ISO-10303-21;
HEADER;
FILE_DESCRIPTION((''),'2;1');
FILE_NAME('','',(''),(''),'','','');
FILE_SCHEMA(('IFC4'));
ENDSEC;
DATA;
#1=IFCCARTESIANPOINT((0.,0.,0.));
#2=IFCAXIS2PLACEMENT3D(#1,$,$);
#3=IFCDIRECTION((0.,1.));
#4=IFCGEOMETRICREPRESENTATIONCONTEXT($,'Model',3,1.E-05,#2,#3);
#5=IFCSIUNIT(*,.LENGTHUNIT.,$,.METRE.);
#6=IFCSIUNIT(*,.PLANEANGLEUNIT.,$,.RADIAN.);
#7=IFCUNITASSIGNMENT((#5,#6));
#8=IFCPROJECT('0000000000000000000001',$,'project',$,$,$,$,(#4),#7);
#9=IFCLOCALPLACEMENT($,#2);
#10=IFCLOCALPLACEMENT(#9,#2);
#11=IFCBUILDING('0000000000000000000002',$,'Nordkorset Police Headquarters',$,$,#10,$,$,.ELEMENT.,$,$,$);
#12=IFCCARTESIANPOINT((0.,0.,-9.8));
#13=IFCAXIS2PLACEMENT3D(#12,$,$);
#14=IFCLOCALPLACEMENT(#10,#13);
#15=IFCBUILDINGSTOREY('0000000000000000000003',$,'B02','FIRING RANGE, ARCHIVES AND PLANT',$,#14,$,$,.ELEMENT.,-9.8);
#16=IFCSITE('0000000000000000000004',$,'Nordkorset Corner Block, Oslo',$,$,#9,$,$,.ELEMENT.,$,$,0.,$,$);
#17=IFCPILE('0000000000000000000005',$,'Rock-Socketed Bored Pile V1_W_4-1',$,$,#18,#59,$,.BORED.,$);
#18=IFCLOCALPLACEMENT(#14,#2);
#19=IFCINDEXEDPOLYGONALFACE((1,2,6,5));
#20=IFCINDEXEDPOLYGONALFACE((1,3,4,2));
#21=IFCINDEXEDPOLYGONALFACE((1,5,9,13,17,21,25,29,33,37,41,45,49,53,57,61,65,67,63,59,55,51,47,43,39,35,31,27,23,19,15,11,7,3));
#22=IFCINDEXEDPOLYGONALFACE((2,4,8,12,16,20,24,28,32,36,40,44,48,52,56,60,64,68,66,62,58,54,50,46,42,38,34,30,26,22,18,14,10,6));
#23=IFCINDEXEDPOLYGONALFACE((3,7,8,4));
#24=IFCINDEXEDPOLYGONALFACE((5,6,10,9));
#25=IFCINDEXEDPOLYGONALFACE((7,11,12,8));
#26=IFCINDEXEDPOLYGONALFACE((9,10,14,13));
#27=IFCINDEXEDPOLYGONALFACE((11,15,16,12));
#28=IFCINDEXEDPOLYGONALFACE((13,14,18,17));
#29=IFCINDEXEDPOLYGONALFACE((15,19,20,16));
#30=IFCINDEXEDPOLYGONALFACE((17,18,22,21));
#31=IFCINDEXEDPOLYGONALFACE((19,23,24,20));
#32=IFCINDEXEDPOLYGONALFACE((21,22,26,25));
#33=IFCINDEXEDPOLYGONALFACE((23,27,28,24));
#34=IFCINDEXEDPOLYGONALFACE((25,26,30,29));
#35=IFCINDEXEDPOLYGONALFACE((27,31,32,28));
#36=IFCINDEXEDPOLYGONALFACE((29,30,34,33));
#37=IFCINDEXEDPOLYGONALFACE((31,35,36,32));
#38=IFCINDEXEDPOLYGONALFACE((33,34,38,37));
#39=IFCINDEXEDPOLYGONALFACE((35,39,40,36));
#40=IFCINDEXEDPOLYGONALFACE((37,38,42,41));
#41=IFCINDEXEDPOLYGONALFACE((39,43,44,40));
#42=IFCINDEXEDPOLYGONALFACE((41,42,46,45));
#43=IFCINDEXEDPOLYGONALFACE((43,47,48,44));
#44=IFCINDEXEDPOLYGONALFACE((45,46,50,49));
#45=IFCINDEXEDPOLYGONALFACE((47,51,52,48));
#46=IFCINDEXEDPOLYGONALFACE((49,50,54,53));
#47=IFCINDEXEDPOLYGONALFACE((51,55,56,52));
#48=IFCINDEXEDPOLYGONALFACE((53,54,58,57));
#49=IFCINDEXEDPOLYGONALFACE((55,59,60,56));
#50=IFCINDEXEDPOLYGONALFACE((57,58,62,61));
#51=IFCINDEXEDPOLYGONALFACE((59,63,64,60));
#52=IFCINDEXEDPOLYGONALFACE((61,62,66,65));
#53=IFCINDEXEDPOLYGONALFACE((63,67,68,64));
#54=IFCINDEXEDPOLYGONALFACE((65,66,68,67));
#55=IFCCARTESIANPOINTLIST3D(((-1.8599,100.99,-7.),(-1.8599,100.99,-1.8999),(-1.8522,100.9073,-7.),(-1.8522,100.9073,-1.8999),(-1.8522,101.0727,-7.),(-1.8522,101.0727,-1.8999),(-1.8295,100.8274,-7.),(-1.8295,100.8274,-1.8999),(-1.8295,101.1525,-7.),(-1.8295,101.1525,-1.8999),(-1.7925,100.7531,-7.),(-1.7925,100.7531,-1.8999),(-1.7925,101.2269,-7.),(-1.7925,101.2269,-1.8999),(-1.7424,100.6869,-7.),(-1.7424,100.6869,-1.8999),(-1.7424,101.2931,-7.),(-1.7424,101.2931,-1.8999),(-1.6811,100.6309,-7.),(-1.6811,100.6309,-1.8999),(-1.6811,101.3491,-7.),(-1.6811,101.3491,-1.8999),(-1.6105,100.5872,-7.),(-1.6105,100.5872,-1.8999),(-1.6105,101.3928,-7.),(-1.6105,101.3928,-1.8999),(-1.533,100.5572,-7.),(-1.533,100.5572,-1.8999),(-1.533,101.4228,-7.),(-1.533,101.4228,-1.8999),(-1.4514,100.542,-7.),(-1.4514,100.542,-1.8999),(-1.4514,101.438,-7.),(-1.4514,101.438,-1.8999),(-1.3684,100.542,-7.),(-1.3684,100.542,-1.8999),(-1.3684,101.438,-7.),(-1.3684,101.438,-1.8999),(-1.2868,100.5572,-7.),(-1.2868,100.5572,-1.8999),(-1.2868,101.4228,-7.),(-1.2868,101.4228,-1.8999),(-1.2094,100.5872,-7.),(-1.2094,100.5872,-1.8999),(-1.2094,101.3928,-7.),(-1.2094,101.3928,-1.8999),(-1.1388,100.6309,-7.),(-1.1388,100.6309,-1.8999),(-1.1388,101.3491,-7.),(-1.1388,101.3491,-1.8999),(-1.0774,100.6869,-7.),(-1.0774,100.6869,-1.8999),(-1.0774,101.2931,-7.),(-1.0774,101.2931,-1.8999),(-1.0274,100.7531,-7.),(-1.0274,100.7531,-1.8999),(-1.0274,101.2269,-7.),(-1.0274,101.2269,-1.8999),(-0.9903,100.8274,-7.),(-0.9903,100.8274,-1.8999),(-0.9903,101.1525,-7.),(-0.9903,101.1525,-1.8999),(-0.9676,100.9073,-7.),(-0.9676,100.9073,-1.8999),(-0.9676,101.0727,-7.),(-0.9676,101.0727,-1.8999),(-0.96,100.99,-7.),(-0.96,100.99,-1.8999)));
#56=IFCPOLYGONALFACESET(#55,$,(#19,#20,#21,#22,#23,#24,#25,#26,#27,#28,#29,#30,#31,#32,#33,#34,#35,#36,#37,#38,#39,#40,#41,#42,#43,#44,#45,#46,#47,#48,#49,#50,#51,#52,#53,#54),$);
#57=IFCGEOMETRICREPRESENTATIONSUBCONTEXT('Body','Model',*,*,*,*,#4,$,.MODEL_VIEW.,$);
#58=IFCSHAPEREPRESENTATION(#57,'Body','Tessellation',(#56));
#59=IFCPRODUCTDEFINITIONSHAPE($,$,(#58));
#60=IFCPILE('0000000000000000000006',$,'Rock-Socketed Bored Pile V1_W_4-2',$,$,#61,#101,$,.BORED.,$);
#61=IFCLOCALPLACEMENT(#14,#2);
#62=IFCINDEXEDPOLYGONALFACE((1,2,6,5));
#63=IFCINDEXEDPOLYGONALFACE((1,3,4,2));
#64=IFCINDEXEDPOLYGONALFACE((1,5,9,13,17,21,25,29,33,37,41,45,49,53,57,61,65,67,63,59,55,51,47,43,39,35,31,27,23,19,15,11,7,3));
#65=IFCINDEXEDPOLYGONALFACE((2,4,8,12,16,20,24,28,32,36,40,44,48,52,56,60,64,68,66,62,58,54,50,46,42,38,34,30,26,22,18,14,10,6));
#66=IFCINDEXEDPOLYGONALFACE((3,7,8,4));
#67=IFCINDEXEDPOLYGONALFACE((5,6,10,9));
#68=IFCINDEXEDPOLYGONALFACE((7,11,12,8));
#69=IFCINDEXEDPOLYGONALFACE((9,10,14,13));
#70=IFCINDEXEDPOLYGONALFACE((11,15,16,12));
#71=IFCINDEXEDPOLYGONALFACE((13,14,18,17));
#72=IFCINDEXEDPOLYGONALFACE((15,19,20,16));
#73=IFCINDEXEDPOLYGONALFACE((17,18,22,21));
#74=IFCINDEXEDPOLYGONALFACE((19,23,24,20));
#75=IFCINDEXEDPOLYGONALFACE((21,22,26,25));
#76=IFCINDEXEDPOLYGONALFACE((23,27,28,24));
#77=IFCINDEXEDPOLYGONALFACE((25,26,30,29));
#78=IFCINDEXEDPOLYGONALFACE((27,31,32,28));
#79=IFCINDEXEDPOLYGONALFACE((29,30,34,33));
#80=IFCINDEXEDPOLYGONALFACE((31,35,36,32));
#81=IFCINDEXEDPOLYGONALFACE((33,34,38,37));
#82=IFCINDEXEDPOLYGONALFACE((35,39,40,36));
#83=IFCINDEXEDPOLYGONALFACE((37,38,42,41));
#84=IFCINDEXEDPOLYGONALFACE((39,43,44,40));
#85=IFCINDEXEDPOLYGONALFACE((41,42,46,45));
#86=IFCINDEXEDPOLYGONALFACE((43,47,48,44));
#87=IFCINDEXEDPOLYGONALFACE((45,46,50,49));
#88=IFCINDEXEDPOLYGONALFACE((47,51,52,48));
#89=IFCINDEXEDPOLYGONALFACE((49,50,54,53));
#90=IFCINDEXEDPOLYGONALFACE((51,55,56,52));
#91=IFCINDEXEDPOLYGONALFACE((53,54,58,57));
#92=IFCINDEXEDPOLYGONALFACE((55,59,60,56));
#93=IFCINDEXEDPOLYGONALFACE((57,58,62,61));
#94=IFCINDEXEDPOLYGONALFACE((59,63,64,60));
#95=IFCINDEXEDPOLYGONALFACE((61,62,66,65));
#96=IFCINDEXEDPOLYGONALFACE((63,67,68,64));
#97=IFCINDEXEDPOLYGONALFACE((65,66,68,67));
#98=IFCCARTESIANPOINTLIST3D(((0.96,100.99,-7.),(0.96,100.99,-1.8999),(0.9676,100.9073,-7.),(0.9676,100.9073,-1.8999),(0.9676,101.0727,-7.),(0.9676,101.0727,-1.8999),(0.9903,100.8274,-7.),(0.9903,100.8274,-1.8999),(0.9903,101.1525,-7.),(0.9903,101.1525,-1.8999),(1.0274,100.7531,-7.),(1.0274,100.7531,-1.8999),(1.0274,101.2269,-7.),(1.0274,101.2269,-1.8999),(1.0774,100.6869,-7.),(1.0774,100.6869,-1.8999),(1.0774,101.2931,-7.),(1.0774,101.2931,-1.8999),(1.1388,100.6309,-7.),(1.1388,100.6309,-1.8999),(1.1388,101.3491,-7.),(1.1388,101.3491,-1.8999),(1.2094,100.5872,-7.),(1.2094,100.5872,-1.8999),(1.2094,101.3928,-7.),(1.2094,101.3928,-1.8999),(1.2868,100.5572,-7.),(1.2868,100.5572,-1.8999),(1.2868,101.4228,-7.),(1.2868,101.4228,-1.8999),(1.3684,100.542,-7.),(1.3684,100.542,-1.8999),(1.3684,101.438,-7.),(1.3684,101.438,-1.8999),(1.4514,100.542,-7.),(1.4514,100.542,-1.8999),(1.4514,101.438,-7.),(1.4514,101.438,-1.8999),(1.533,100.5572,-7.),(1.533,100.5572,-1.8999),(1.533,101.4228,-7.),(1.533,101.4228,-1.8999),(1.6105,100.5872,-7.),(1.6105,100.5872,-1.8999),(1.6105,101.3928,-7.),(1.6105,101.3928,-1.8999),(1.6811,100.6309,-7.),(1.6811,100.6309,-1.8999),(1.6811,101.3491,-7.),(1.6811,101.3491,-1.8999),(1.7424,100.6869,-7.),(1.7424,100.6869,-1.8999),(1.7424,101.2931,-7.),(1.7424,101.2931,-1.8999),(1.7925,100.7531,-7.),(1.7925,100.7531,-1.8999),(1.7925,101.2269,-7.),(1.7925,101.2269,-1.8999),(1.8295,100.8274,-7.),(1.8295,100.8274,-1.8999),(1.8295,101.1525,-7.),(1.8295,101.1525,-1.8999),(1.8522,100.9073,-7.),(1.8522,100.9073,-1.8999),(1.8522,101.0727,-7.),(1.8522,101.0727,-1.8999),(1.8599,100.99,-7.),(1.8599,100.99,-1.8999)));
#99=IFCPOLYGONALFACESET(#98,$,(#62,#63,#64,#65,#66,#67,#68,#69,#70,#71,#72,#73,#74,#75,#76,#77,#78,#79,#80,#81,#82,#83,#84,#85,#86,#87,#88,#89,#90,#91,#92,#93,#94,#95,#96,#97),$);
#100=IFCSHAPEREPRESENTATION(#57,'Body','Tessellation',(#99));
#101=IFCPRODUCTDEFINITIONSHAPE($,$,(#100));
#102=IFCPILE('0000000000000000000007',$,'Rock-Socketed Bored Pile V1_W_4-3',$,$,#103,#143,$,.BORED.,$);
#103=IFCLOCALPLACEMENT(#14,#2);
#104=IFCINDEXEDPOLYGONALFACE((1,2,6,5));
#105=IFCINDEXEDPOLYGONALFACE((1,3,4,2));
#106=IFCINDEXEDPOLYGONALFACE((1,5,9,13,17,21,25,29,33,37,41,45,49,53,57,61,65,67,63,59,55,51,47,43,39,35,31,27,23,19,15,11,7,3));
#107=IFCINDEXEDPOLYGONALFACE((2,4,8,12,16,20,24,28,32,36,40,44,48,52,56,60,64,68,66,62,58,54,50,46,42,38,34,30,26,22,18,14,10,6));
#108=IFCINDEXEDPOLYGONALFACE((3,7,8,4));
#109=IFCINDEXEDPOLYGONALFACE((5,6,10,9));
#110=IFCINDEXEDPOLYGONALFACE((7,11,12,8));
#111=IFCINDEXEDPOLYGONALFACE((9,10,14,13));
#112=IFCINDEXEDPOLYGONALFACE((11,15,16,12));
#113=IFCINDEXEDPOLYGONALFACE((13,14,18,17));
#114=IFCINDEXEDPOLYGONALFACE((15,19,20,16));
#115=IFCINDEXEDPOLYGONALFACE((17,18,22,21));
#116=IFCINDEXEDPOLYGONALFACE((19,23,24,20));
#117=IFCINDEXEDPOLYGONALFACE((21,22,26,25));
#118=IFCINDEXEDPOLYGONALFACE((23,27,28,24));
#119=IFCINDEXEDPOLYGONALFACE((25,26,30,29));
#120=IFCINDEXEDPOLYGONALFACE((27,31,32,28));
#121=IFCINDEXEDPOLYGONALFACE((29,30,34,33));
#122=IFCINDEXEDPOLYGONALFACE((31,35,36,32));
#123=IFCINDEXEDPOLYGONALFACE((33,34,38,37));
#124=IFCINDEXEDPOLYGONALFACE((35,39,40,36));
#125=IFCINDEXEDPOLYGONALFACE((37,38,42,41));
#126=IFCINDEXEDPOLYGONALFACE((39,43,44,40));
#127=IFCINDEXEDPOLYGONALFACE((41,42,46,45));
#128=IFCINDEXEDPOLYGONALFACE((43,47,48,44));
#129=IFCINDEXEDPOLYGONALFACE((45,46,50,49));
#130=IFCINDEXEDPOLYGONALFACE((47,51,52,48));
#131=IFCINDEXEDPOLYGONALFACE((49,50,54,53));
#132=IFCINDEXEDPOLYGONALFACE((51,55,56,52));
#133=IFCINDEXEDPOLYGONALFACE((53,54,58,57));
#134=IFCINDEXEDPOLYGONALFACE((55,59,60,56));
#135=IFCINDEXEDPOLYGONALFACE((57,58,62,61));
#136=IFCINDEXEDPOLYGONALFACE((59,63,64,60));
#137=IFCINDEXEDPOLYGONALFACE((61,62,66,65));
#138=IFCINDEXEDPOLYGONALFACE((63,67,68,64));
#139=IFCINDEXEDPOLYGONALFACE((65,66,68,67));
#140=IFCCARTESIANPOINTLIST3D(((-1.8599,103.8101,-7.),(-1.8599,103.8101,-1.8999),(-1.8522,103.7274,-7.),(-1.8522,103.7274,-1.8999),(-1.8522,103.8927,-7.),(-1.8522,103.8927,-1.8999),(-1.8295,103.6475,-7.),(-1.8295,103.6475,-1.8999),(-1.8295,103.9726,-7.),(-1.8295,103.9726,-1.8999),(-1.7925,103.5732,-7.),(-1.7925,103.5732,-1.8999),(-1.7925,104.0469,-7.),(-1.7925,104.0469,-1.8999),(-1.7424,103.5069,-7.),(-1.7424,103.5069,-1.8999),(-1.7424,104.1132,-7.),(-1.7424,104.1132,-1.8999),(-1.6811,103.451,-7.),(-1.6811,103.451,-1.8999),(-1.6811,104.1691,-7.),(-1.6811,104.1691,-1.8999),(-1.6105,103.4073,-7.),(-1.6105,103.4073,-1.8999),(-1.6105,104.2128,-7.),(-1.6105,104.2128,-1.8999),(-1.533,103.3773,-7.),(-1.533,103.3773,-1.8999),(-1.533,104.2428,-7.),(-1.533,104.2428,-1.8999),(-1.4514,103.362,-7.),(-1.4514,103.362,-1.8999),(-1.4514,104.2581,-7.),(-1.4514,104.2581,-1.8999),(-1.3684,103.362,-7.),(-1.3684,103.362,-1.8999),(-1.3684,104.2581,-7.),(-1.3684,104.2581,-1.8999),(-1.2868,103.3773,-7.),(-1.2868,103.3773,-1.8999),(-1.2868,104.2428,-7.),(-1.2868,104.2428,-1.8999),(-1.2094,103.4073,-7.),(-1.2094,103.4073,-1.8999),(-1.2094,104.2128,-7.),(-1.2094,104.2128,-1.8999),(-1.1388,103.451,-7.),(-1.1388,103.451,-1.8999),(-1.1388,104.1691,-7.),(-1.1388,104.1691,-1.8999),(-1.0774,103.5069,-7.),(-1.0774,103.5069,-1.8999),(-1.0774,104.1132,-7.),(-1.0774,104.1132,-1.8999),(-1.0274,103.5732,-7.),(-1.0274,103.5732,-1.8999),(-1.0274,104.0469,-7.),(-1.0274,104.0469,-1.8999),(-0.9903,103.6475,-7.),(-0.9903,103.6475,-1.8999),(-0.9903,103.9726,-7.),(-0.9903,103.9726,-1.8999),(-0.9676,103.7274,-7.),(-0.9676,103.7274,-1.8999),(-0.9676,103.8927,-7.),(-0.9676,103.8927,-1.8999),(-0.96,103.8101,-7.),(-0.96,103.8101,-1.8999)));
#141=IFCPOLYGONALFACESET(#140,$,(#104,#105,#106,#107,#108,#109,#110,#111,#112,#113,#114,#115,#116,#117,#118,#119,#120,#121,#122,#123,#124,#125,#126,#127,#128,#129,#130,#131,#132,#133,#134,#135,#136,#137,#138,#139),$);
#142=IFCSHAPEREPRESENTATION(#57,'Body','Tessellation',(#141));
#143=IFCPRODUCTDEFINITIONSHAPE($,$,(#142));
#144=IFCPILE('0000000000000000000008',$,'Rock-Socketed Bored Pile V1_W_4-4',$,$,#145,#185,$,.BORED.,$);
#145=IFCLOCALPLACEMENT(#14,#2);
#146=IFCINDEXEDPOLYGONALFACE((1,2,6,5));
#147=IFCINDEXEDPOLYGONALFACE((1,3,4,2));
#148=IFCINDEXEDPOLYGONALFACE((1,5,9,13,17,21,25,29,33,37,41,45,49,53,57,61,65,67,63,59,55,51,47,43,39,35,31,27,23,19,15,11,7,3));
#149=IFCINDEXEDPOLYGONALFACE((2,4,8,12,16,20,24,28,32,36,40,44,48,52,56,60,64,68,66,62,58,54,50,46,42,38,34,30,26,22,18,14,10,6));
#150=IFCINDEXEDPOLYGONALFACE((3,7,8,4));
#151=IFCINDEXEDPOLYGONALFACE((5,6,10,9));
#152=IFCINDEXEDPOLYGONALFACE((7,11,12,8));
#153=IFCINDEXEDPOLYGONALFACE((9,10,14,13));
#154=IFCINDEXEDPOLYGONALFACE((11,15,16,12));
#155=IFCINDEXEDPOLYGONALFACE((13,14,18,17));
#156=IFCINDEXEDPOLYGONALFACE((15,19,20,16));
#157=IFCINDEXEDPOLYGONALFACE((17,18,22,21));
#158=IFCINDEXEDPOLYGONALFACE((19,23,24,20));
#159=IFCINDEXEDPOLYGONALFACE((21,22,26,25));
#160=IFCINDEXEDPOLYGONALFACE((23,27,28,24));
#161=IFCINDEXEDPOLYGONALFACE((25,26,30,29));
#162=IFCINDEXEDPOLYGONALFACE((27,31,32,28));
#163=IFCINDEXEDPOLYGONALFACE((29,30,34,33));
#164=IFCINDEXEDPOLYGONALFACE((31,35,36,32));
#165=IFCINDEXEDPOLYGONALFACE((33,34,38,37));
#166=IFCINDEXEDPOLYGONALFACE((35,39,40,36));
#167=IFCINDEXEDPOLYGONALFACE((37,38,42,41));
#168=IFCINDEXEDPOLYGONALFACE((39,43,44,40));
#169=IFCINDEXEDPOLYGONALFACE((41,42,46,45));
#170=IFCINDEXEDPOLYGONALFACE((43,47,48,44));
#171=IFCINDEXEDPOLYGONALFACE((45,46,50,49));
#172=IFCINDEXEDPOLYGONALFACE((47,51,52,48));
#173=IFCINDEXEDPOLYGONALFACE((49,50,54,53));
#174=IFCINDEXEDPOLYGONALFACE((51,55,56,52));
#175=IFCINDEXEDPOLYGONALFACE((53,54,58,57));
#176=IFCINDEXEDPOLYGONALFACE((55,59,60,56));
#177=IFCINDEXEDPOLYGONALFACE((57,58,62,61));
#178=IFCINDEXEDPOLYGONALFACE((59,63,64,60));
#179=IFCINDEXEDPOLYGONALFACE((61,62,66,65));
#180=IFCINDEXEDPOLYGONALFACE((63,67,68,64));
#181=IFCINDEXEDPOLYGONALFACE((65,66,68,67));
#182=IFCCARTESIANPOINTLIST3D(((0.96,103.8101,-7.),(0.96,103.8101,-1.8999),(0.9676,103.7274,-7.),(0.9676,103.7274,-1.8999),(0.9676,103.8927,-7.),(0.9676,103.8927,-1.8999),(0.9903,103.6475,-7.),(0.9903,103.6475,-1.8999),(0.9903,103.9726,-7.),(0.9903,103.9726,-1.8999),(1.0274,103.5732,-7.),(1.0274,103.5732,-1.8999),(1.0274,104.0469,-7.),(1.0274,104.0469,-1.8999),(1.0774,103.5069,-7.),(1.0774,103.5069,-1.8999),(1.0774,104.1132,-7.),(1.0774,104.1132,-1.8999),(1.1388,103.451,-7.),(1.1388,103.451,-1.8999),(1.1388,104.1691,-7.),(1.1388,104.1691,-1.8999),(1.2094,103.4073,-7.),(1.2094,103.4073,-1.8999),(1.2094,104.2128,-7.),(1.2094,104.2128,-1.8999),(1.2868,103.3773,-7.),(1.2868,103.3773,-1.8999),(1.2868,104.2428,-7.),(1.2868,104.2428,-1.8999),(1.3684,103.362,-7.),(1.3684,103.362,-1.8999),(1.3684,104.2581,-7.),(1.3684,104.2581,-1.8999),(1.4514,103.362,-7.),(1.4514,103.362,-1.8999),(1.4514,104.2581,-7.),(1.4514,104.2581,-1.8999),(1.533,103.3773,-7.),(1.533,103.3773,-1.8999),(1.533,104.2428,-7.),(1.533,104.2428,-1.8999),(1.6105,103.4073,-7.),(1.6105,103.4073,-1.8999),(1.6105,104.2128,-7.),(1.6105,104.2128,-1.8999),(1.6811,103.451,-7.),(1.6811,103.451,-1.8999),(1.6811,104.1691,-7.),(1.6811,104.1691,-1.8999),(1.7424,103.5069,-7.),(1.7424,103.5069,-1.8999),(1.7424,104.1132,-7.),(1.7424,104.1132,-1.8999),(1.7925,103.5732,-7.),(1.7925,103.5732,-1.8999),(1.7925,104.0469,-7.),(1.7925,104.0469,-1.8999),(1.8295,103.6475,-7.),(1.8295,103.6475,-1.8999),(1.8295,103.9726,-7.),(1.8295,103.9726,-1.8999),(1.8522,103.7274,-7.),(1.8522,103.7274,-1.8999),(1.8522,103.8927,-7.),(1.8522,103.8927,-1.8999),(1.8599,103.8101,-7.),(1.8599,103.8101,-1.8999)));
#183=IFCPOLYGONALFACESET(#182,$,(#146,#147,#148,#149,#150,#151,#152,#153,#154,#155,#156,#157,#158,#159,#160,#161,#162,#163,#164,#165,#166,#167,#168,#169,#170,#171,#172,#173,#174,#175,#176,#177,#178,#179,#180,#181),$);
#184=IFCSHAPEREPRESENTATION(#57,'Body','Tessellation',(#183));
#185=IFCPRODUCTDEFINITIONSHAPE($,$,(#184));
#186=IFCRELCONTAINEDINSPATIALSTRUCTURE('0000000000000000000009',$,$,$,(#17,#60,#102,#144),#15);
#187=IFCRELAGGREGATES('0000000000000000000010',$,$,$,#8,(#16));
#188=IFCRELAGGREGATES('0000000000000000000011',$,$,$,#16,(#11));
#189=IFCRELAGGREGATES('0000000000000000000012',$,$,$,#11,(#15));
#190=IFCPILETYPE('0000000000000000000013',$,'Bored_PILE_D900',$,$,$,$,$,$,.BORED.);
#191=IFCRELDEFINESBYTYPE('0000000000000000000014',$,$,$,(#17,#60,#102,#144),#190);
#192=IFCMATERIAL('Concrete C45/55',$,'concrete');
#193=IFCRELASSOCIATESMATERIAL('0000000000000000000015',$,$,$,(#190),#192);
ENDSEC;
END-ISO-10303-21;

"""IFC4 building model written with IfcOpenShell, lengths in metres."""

from ifc_helpers import new_model, si_unit, direction, frame, origin, origin_2d, place, context, subcontext, project, spatial, circle, extrude, material, material_profile, profile_set, type_object, element, save


model = new_model("IFC4")

# Units and contexts
model_context = context("Model", 3, precision=1e-05, world=origin(), true_north=direction((0.0, 1.0)))
body_context = subcontext(model_context, "Body", "Model", "MODEL_VIEW")
ifc_project = project(units=[si_unit("LENGTHUNIT", "METRE"), si_unit("PLANEANGLEUNIT", "RADIAN")], contexts=[model_context])

# Site, building, storey
site_placement = place(None, origin())
site = spatial("IfcSite", under=ifc_project, at=site_placement, Name="Nordkorset Corner Block, Oslo", CompositionType="ELEMENT", RefElevation=0.0)
building_placement = place(site_placement, origin())
building = spatial("IfcBuilding", under=site, at=building_placement, Name="Nordkorset Police Headquarters", CompositionType="ELEMENT")
storey_placement = place(building_placement, frame((0.0, 0.0, -9.8)))
storey = spatial("IfcBuildingStorey", under=building, at=storey_placement, Name="B02", Description="FIRING RANGE, ARCHIVES AND PLANT", CompositionType="ELEMENT", Elevation=-9.8)

# Piles
ifc_material_1 = material(Name="Concrete C45/55", Category="concrete")
ifc_material_profile_1 = material_profile(ifc_material_1, circle(Radius=0.45, at=origin_2d()), Name="PILE D900")
ifc_profile_set_1 = profile_set([ifc_material_profile_1], Name="Concrete C45/55")
pile_type = type_object("IfcPileType", Name="Bored_PILE_D900", PredefinedType="BORED", material=ifc_profile_set_1)
for number, where, z_axis, x_axis, name in (
    (1, (-1.4099, 100.99, -1.8999), (0.0, 0.0, -1.0), (1.0, 0.0, 0.0), "Rock-Socketed Bored Pile V1_W_4-1"),
    (2, (1.4099, 100.99, -1.8999), (0.0, 0.0, -1.0), (1.0, 0.0, 0.0), "Rock-Socketed Bored Pile V1_W_4-2"),
    (3, (-1.4099, 103.8101, -1.8999), (0.0, 0.0, -1.0), (1.0, 0.0, 0.0), "Rock-Socketed Bored Pile V1_W_4-3"),
    (4, (1.4099, 103.8101, -1.8999), (0.0, 0.0, -1.0), (1.0, 0.0, 0.0), "Rock-Socketed Bored Pile V1_W_4-4"),
):
    element("IfcPile", number, at=place(storey_placement, frame(where, z_axis=z_axis, x_axis=x_axis)), inside=storey, type_object=pile_type, Name=name, PredefinedType="BORED", context=body_context, shape_type="SweptSolid", body=[
        extrude(circle(Radius=0.45, at=origin_2d()), origin(), (0.0, 0.0, 1.0), 5.1001),
    ])

save(model, "model.ifc")
